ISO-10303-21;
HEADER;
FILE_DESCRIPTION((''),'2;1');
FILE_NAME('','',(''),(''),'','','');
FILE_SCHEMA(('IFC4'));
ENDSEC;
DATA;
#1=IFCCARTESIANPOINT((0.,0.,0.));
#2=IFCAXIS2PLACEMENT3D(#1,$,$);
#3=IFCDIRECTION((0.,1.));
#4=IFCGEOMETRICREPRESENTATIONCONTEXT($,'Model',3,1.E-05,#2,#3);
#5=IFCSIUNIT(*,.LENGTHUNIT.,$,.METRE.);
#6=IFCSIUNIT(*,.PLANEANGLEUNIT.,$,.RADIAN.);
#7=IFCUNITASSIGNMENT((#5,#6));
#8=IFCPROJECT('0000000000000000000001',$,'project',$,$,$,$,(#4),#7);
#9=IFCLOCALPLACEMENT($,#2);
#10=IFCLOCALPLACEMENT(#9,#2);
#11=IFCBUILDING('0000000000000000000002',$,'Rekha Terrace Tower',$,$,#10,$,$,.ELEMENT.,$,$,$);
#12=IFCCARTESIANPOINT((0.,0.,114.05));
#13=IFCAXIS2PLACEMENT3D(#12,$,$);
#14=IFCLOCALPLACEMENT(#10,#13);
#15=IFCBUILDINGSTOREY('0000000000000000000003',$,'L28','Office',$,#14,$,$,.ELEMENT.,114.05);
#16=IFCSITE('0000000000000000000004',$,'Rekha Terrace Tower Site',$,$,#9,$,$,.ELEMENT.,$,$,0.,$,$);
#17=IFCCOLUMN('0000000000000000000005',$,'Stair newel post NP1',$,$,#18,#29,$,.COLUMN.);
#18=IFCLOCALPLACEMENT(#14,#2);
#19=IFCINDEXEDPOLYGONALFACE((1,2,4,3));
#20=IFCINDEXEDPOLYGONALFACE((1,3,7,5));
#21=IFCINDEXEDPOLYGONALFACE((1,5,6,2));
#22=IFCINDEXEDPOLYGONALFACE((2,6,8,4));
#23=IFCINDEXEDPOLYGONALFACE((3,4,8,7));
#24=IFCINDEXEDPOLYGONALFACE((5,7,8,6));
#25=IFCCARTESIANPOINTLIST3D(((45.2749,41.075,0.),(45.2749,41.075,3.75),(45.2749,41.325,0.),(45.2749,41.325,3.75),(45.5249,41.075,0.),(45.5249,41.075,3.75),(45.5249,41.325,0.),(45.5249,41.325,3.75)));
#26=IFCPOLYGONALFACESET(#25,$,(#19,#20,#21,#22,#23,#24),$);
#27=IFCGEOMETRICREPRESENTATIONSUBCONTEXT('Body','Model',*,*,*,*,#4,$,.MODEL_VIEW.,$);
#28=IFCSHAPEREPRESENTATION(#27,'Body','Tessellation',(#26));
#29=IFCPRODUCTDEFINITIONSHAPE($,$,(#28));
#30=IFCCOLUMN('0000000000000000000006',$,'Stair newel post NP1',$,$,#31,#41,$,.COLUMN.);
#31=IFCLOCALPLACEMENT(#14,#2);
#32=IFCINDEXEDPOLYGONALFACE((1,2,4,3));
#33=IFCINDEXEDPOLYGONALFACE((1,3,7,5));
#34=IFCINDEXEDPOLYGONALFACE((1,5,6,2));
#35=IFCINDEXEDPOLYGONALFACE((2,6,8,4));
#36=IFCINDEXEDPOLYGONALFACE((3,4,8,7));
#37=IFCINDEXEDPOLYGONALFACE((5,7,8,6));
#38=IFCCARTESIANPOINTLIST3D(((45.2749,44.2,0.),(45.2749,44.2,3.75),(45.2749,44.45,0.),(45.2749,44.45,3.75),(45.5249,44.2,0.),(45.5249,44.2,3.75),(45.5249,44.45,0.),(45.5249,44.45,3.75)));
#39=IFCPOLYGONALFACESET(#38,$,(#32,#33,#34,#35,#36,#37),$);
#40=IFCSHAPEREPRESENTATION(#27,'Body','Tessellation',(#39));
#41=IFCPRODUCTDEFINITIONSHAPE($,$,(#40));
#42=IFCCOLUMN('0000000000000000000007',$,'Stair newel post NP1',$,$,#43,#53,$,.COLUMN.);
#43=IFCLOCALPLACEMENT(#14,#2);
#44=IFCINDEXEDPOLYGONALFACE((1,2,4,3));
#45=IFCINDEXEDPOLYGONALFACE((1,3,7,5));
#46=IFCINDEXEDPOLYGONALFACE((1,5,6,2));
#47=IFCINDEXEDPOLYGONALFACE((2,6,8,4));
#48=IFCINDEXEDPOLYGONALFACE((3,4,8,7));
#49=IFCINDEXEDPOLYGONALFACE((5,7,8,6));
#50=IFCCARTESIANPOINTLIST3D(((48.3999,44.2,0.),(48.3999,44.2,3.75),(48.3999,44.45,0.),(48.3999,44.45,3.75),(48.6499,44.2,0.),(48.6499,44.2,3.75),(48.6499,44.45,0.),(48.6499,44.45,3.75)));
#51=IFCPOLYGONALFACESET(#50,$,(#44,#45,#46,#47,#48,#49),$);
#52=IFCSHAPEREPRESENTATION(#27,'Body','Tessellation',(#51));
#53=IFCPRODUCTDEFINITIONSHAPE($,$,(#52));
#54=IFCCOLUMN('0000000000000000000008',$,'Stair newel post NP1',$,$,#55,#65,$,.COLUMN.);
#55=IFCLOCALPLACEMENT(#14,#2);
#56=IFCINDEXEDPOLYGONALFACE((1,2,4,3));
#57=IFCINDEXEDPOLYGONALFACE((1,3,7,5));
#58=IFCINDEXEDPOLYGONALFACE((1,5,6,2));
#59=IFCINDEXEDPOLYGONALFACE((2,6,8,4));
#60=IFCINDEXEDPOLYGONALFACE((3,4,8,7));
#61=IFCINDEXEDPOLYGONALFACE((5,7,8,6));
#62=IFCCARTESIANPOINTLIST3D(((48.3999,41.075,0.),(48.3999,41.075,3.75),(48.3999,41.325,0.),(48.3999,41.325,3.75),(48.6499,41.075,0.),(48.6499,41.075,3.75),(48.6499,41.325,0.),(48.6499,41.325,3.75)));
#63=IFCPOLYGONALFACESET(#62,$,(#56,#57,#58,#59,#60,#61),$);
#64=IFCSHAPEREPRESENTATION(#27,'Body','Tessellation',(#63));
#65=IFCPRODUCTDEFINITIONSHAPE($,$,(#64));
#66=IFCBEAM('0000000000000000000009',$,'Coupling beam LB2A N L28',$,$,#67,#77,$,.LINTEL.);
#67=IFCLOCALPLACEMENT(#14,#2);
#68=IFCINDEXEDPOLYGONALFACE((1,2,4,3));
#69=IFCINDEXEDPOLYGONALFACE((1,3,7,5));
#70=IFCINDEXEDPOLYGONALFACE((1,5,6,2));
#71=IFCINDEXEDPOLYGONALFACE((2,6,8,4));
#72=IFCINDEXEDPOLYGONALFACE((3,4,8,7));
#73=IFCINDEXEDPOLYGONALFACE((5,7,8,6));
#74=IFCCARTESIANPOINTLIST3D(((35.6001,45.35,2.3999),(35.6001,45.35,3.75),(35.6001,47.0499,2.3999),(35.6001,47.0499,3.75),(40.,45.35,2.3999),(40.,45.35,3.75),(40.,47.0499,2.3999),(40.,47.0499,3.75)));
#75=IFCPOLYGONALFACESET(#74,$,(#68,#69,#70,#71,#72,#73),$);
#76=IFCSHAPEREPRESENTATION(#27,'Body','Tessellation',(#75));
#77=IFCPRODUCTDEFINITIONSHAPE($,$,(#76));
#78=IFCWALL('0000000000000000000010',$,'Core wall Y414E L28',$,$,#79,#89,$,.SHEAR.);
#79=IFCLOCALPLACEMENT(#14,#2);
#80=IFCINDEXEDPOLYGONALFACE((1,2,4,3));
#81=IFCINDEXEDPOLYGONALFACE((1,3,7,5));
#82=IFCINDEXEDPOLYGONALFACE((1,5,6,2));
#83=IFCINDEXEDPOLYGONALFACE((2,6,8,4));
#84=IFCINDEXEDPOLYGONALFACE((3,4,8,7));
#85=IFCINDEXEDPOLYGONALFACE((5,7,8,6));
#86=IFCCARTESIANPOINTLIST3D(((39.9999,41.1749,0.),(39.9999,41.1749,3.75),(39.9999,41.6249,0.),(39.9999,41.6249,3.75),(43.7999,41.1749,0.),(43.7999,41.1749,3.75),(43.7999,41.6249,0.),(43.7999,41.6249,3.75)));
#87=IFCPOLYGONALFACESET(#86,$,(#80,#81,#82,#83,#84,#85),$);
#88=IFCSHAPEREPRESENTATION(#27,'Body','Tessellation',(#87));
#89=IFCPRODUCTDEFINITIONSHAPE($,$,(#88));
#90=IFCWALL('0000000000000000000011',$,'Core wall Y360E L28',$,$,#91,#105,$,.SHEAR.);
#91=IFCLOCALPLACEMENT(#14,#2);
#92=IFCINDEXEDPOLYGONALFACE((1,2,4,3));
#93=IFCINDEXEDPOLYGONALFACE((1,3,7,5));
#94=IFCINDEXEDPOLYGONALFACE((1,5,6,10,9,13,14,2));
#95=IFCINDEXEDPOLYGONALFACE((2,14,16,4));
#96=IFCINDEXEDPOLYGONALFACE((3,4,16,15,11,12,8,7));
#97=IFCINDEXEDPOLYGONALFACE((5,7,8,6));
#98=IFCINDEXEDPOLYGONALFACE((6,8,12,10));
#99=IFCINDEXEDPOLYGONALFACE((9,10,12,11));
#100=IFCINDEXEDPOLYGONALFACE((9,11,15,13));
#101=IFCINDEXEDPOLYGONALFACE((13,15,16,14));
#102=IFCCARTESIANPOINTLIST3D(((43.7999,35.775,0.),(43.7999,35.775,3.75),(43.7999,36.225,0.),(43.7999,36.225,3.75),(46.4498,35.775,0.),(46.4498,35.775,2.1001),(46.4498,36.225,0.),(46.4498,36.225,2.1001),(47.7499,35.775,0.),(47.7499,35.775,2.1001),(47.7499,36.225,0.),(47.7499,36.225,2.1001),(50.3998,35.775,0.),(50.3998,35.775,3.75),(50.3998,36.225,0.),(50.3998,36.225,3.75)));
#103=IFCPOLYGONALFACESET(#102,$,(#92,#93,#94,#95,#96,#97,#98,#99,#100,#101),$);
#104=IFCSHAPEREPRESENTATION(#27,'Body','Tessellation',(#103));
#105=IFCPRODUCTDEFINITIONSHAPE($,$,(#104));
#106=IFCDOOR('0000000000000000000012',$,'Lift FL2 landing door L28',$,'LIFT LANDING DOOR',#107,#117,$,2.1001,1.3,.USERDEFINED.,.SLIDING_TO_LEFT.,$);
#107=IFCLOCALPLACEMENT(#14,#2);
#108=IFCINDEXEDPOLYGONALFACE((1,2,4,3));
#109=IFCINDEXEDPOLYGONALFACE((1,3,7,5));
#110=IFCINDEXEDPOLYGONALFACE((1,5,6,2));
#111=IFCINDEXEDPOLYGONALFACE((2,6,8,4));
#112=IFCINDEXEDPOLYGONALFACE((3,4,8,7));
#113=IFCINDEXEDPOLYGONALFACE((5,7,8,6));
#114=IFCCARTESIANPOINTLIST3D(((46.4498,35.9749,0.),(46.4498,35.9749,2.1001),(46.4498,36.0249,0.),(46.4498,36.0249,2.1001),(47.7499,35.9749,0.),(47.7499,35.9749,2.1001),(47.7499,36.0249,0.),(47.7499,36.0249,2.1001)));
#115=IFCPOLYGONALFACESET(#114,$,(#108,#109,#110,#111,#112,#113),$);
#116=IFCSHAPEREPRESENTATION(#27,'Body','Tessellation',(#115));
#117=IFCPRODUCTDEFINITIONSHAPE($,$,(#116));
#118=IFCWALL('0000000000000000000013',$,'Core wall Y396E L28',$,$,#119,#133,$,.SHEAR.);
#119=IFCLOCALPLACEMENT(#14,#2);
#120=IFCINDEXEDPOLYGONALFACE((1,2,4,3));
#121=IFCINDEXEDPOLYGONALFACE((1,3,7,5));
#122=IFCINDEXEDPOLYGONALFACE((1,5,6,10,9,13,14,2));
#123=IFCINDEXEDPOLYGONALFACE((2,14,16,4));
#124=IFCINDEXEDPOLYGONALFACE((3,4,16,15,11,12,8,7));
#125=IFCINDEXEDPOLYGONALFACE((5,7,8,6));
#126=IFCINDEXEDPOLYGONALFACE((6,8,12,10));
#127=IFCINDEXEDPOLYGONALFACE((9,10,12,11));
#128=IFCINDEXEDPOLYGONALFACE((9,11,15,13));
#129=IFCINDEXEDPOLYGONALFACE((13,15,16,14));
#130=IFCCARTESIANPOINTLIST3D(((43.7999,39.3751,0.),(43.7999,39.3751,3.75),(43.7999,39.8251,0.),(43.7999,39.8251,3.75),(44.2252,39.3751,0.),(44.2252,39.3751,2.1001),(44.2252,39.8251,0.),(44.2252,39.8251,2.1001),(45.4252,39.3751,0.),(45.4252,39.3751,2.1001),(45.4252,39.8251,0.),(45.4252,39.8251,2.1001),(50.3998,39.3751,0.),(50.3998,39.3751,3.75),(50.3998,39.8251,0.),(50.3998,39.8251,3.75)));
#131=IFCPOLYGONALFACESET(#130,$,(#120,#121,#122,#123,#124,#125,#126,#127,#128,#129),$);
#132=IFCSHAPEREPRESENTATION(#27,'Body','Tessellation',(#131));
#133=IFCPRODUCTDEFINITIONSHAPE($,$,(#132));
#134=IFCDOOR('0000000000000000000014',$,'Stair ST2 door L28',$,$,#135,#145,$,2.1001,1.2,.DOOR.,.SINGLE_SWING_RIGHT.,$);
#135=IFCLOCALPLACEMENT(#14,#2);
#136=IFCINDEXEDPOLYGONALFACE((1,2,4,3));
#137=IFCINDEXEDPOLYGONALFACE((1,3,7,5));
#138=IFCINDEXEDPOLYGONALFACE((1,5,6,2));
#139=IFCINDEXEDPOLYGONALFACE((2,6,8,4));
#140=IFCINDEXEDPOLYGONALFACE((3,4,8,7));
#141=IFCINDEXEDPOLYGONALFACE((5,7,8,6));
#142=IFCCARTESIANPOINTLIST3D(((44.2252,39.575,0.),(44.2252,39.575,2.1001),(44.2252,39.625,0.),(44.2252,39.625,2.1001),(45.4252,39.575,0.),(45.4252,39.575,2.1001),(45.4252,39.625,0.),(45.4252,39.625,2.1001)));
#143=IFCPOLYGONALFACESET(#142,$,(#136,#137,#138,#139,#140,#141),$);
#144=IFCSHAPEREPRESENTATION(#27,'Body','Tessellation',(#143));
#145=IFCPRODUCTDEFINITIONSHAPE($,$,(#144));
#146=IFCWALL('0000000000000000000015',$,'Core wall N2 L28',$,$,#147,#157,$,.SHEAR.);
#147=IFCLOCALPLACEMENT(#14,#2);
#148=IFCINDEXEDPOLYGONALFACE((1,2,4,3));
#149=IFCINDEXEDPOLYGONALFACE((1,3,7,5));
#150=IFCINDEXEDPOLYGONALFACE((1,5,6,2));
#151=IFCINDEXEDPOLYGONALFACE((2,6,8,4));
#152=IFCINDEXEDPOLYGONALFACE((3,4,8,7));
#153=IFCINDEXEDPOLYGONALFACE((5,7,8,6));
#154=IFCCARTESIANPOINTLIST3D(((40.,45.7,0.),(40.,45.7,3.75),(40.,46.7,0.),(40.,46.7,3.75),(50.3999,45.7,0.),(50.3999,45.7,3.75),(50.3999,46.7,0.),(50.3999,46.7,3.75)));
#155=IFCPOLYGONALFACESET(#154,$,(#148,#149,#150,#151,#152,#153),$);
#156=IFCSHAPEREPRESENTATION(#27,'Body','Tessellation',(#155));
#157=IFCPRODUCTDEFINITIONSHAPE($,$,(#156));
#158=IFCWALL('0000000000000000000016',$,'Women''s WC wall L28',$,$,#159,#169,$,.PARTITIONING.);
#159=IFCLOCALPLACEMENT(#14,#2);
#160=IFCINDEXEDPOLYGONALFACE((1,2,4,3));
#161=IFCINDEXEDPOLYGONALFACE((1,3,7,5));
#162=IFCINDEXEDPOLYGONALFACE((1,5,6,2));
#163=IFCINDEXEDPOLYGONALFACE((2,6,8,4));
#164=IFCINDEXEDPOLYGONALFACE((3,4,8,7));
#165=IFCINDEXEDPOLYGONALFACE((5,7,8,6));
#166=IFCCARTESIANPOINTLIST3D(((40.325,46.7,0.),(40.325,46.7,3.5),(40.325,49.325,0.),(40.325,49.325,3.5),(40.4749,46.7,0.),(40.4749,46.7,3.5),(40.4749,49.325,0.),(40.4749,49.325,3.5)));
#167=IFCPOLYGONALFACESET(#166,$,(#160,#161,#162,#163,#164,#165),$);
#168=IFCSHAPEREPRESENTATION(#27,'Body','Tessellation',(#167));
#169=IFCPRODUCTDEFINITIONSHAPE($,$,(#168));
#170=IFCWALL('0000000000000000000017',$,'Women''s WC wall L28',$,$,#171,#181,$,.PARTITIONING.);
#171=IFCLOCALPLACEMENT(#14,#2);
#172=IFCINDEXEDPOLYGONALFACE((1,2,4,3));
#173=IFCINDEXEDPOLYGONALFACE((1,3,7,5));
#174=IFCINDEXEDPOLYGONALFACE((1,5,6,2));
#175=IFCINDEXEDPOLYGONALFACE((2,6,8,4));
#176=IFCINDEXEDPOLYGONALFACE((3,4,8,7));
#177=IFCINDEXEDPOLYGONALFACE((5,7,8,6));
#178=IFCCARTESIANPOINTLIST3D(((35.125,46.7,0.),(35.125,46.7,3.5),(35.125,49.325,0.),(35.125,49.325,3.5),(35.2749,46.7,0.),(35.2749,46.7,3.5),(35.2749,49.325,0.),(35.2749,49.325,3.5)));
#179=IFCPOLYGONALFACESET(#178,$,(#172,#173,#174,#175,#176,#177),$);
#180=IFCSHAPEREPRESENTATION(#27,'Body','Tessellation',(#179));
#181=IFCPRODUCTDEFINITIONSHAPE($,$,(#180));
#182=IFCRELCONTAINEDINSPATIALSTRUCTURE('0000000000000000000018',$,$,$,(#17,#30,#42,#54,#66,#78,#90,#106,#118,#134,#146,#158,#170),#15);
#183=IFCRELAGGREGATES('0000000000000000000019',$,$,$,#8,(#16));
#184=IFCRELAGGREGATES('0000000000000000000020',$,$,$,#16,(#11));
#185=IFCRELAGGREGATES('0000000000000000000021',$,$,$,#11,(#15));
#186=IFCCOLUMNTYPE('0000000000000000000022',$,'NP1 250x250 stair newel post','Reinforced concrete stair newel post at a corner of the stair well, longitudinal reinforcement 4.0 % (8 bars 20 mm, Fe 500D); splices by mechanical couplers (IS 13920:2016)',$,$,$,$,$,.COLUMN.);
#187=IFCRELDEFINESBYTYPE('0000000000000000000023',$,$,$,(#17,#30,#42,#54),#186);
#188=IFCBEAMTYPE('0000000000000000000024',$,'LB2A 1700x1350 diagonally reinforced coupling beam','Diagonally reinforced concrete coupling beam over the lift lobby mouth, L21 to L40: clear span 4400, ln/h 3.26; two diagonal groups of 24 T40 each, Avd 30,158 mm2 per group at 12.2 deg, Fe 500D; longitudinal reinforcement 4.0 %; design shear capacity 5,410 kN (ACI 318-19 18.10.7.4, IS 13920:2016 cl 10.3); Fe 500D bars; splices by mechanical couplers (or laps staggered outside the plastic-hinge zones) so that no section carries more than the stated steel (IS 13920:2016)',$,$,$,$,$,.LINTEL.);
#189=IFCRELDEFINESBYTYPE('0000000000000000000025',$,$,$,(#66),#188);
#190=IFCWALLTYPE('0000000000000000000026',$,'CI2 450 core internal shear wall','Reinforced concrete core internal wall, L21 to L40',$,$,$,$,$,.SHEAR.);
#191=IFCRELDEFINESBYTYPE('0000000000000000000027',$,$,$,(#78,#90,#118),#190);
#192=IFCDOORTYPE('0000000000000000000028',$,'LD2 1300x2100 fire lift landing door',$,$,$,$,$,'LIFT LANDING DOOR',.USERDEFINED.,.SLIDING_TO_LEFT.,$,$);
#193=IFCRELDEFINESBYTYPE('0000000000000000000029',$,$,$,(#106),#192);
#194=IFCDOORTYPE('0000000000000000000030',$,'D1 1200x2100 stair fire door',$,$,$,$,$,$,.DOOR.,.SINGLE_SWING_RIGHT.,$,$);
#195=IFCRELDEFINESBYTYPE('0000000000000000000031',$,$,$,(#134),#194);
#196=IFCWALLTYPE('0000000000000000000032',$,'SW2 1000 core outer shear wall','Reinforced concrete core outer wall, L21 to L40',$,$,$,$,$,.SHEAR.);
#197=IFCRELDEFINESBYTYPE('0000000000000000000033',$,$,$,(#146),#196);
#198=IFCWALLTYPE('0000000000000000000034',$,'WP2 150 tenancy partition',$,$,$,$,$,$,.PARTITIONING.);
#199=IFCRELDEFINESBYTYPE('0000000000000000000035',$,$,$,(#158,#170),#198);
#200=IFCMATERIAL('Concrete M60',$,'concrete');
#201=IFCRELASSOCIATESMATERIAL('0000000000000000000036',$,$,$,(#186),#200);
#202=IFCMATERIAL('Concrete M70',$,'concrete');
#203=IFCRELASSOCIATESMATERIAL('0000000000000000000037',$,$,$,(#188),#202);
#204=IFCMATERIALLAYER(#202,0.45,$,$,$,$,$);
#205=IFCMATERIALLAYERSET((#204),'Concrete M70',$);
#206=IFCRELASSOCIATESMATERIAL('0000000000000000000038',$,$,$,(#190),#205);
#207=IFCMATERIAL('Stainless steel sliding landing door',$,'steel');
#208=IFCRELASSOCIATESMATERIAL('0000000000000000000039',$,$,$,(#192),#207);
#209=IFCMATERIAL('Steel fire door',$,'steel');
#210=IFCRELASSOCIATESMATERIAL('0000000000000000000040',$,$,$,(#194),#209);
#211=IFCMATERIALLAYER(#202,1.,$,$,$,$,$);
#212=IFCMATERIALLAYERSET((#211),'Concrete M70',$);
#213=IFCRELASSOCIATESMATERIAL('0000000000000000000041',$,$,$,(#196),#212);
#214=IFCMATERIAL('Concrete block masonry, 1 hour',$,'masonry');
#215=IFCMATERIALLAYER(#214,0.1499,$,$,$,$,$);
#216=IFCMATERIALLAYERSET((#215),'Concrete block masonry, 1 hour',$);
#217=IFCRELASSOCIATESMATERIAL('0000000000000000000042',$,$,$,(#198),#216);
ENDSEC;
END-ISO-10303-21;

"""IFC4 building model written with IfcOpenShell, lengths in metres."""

from ifc_helpers import new_model, si_unit, direction, frame, frame_2d, origin, origin_2d, place, context, subcontext, project, spatial, rectangle, extrude, material, layer, layer_set, material_profile, profile_set, type_object, element, fill, save


model = new_model("IFC4")

# Units and contexts
model_context = context("Model", 3, precision=1e-05, world=origin(), true_north=direction((0.0, 1.0)))
body_context = subcontext(model_context, "Body", "Model", "MODEL_VIEW")
ifc_project = project(units=[si_unit("LENGTHUNIT", "METRE"), si_unit("PLANEANGLEUNIT", "RADIAN")], contexts=[model_context])

# Site, building, storey
site_placement = place(None, origin())
site = spatial("IfcSite", under=ifc_project, at=site_placement, Name="Rekha Terrace Tower Site", CompositionType="ELEMENT", RefElevation=0.0)
building_placement = place(site_placement, origin())
building = spatial("IfcBuilding", under=site, at=building_placement, Name="Rekha Terrace Tower", CompositionType="ELEMENT")
storey_placement = place(building_placement, frame((0.0, 0.0, 114.05)))
storey = spatial("IfcBuildingStorey", under=building, at=storey_placement, Name="L28", Description="Office", CompositionType="ELEMENT", Elevation=114.05)

# Columns
ifc_material_1 = material(Name="Concrete M60", Category="concrete")
ifc_material_profile_1 = material_profile(ifc_material_1, rectangle(XDim=0.25, YDim=0.25, at=origin_2d()), Name="RC 250x250")
ifc_profile_set_1 = profile_set([ifc_material_profile_1], Name="Concrete M60")
column_type = type_object("IfcColumnType", Name="NP1 250x250 stair newel post", Description="Reinforced concrete stair newel post at a corner of the stair well, longitudinal reinforcement 4.0 % (8 bars 20 mm, Fe 500D); splices by mechanical couplers (IS 13920:2016)", PredefinedType="COLUMN", material=ifc_profile_set_1)
for number, where, z_axis, x_axis, name in (
    (1, (45.3999, 41.2, 0.0), (0.0, 0.0, 1.0), (1.0, 0.0, 0.0), "Stair newel post NP1"),
    (2, (45.3999, 44.325, 0.0), (0.0, 0.0, 1.0), (1.0, 0.0, 0.0), "Stair newel post NP1"),
    (3, (48.5249, 44.325, 0.0), (0.0, 0.0, 1.0), (1.0, 0.0, 0.0), "Stair newel post NP1"),
    (4, (48.5249, 41.2, 0.0), (0.0, 0.0, 1.0), (1.0, 0.0, 0.0), "Stair newel post NP1"),
):
    element("IfcColumn", number, at=place(storey_placement, frame(where, z_axis=z_axis, x_axis=x_axis)), inside=storey, type_object=column_type, Name=name, PredefinedType="COLUMN", context=body_context, shape_type="SweptSolid", body=[
        extrude(rectangle(XDim=0.25, YDim=0.25, at=origin_2d()), origin(), (0.0, 0.0, 1.0), 3.75),
    ])

# Beam
ifc_material_2 = material(Name="Concrete M70", Category="concrete")
ifc_material_profile_2 = material_profile(ifc_material_2, rectangle(XDim=1.7, YDim=1.3501, at=origin_2d()), Name="RC 1700x1350")
ifc_profile_set_2 = profile_set([ifc_material_profile_2], Name="Concrete M70")
beam_type = type_object("IfcBeamType", Name="LB2A 1700x1350 diagonally reinforced coupling beam", Description="Diagonally reinforced concrete coupling beam over the lift lobby mouth, L21 to L40: clear span 4400, ln/h 3.26; two diagonal groups of 24 T40 each, Avd 30,158 mm2 per group at 12.2 deg, Fe 500D; longitudinal reinforcement 4.0 %; design shear capacity 5,410 kN (ACI 318-19 18.10.7.4, IS 13920:2016 cl 10.3); Fe 500D bars; splices by mechanical couplers (or laps staggered outside the plastic-hinge zones) so that no section carries more than the stated steel (IS 13920:2016)", PredefinedType="LINTEL", material=ifc_profile_set_2)
beam_placement = place(storey_placement, frame((35.6001, 46.2, 3.075), z_axis=(1.0, 0.0, 0.0), x_axis=(0.0, 1.0, 0.0)))
element("IfcBeam", 5, at=beam_placement, inside=storey, type_object=beam_type, Name="Coupling beam LB2A N L28", PredefinedType="LINTEL", context=body_context, shape_type="SweptSolid", body=[
    extrude(rectangle(XDim=1.7, YDim=1.3501, at=origin_2d()), origin(), (0.0, 0.0, 1.0), 4.3999),
])

# Wall
ifc_layer_1 = layer(ifc_material_2, 0.45)
ifc_layer_set_1 = layer_set([ifc_layer_1], Name="Concrete M70")
wall_type_1 = type_object("IfcWallType", Name="CI2 450 core internal shear wall", Description="Reinforced concrete core internal wall, L21 to L40", PredefinedType="SHEAR", material=ifc_layer_set_1)
wall_1_placement = place(storey_placement, frame((40.0, 41.3999, 0.0), z_axis=(0.0, 0.0, 1.0), x_axis=(1.0, 0.0, 0.0)))
element("IfcWall", 6, at=wall_1_placement, inside=storey, type_object=wall_type_1, Name="Core wall Y414E L28", PredefinedType="SHEAR", context=body_context, shape_type="SweptSolid", body=[
    extrude(rectangle(XDim=3.8, YDim=0.45, at=frame_2d((1.8999, 0.0))), origin(), (0.0, 0.0, 1.0), 3.75),
])

# Walls, openings, doors
wall_2_placement = place(storey_placement, frame((43.8, 36.0, 0.0), z_axis=(0.0, 0.0, 1.0), x_axis=(1.0, 0.0, 0.0)))
wall_2 = element("IfcWall", 7, at=wall_2_placement, inside=storey, type_object=wall_type_1, Name="Core wall Y360E L28", PredefinedType="SHEAR", context=body_context, shape_type="SweptSolid", body=[
    extrude(rectangle(XDim=6.5999, YDim=0.45, at=frame_2d((3.2998, 0.0))), origin(), (0.0, 0.0, 1.0), 3.75),
])
opening_1_placement = place(wall_2_placement, frame((2.6499, 0.0, 0.0)))
opening_1 = element("IfcOpeningElement", 8, at=opening_1_placement, cuts=wall_2, PredefinedType="OPENING", context=body_context, shape_type="SweptSolid", body=[
    extrude(rectangle(XDim=1.3, YDim=2.1001, at=frame_2d((0.6499, 1.05))), frame((0.0, 0.2349, 0.0), z_axis=(0.0, -1.0, 0.0), x_axis=(1.0, 0.0, 0.0)), (0.0, 0.0, 1.0), 0.47),
])
ifc_material_3 = material(Name="Stainless steel sliding landing door", Category="steel")
door_type_1 = type_object("IfcDoorType", Name="LD2 1300x2100 fire lift landing door", ElementType="LIFT LANDING DOOR", OperationType="SLIDING_TO_LEFT", PredefinedType="USERDEFINED", material=ifc_material_3)
door_1_placement = place(opening_1_placement, origin())
door_1 = element("IfcDoor", 9, at=door_1_placement, inside=storey, type_object=door_type_1, Name="Lift FL2 landing door L28", ObjectType="LIFT LANDING DOOR", OperationType="SLIDING_TO_LEFT", OverallHeight=2.1001, OverallWidth=1.3, PredefinedType="USERDEFINED", context=body_context, shape_type="SweptSolid", body=[
    extrude(rectangle(XDim=1.3, YDim=2.1001, at=frame_2d((0.6499, 1.05))), frame((0.0, 0.0249, 0.0), z_axis=(0.0, -1.0, 0.0), x_axis=(1.0, 0.0, 0.0)), (0.0, 0.0, 1.0), 0.05),
])
fill(opening_1, door_1)
wall_3_placement = place(storey_placement, frame((43.8, 39.6001, 0.0), z_axis=(0.0, 0.0, 1.0), x_axis=(1.0, 0.0, 0.0)))
wall_3 = element("IfcWall", 10, at=wall_3_placement, inside=storey, type_object=wall_type_1, Name="Core wall Y396E L28", PredefinedType="SHEAR", context=body_context, shape_type="SweptSolid", body=[
    extrude(rectangle(XDim=6.5999, YDim=0.45, at=frame_2d((3.2998, 0.0))), origin(), (0.0, 0.0, 1.0), 3.75),
])
opening_2_placement = place(wall_3_placement, frame((0.425, 0.0, 0.0)))
opening_2 = element("IfcOpeningElement", 11, at=opening_2_placement, cuts=wall_3, PredefinedType="OPENING", context=body_context, shape_type="SweptSolid", body=[
    extrude(rectangle(XDim=1.2, YDim=2.1001, at=frame_2d((0.6001, 1.05))), frame((0.0, 0.2349, 0.0), z_axis=(0.0, -1.0, 0.0), x_axis=(1.0, 0.0, 0.0)), (0.0, 0.0, 1.0), 0.47),
])
ifc_material_4 = material(Name="Steel fire door", Category="steel")
door_type_2 = type_object("IfcDoorType", Name="D1 1200x2100 stair fire door", OperationType="SINGLE_SWING_RIGHT", PredefinedType="DOOR", material=ifc_material_4)
door_2_placement = place(opening_2_placement, origin())
door_2 = element("IfcDoor", 12, at=door_2_placement, inside=storey, type_object=door_type_2, Name="Stair ST2 door L28", OperationType="SINGLE_SWING_RIGHT", OverallHeight=2.1001, OverallWidth=1.2, PredefinedType="DOOR", context=body_context, shape_type="SweptSolid", body=[
    extrude(rectangle(XDim=1.2, YDim=2.1001, at=frame_2d((0.6001, 1.05))), frame((0.0, 0.0249, 0.0), z_axis=(0.0, -1.0, 0.0), x_axis=(1.0, 0.0, 0.0)), (0.0, 0.0, 1.0), 0.05),
])
fill(opening_2, door_2)

# Walls
ifc_layer_2 = layer(ifc_material_2, 1.0)
ifc_layer_set_2 = layer_set([ifc_layer_2], Name="Concrete M70")
wall_type_2 = type_object("IfcWallType", Name="SW2 1000 core outer shear wall", Description="Reinforced concrete core outer wall, L21 to L40", PredefinedType="SHEAR", material=ifc_layer_set_2)
wall_4_placement = place(storey_placement, frame((40.0, 46.2, 0.0), z_axis=(0.0, 0.0, 1.0), x_axis=(1.0, 0.0, 0.0)))
element("IfcWall", 13, at=wall_4_placement, inside=storey, type_object=wall_type_2, Name="Core wall N2 L28", PredefinedType="SHEAR", context=body_context, shape_type="SweptSolid", body=[
    extrude(rectangle(XDim=10.3999, YDim=1.0, at=frame_2d((5.2, 0.0))), origin(), (0.0, 0.0, 1.0), 3.75),
])
ifc_material_5 = material(Name="Concrete block masonry, 1 hour", Category="masonry")
ifc_layer_3 = layer(ifc_material_5, 0.1499)
ifc_layer_set_3 = layer_set([ifc_layer_3], Name="Concrete block masonry, 1 hour")
wall_type_3 = type_object("IfcWallType", Name="WP2 150 tenancy partition", PredefinedType="PARTITIONING", material=ifc_layer_set_3)
for number, where, z_axis, x_axis, name in (
    (14, (40.3999, 46.7, 0.0), (0.0, 0.0, 1.0), (0.0, 1.0, 0.0), "Women's WC wall L28"),
    (15, (35.2, 46.7, 0.0), (0.0, 0.0, 1.0), (0.0, 1.0, 0.0), "Women's WC wall L28"),
):
    element("IfcWall", number, at=place(storey_placement, frame(where, z_axis=z_axis, x_axis=x_axis)), inside=storey, type_object=wall_type_3, Name=name, PredefinedType="PARTITIONING", context=body_context, shape_type="SweptSolid", body=[
        extrude(rectangle(XDim=2.625, YDim=0.1499, at=frame_2d((1.3125, 0.0))), origin(), (0.0, 0.0, 1.0), 3.5),
    ])

save(model, "model.ifc")
